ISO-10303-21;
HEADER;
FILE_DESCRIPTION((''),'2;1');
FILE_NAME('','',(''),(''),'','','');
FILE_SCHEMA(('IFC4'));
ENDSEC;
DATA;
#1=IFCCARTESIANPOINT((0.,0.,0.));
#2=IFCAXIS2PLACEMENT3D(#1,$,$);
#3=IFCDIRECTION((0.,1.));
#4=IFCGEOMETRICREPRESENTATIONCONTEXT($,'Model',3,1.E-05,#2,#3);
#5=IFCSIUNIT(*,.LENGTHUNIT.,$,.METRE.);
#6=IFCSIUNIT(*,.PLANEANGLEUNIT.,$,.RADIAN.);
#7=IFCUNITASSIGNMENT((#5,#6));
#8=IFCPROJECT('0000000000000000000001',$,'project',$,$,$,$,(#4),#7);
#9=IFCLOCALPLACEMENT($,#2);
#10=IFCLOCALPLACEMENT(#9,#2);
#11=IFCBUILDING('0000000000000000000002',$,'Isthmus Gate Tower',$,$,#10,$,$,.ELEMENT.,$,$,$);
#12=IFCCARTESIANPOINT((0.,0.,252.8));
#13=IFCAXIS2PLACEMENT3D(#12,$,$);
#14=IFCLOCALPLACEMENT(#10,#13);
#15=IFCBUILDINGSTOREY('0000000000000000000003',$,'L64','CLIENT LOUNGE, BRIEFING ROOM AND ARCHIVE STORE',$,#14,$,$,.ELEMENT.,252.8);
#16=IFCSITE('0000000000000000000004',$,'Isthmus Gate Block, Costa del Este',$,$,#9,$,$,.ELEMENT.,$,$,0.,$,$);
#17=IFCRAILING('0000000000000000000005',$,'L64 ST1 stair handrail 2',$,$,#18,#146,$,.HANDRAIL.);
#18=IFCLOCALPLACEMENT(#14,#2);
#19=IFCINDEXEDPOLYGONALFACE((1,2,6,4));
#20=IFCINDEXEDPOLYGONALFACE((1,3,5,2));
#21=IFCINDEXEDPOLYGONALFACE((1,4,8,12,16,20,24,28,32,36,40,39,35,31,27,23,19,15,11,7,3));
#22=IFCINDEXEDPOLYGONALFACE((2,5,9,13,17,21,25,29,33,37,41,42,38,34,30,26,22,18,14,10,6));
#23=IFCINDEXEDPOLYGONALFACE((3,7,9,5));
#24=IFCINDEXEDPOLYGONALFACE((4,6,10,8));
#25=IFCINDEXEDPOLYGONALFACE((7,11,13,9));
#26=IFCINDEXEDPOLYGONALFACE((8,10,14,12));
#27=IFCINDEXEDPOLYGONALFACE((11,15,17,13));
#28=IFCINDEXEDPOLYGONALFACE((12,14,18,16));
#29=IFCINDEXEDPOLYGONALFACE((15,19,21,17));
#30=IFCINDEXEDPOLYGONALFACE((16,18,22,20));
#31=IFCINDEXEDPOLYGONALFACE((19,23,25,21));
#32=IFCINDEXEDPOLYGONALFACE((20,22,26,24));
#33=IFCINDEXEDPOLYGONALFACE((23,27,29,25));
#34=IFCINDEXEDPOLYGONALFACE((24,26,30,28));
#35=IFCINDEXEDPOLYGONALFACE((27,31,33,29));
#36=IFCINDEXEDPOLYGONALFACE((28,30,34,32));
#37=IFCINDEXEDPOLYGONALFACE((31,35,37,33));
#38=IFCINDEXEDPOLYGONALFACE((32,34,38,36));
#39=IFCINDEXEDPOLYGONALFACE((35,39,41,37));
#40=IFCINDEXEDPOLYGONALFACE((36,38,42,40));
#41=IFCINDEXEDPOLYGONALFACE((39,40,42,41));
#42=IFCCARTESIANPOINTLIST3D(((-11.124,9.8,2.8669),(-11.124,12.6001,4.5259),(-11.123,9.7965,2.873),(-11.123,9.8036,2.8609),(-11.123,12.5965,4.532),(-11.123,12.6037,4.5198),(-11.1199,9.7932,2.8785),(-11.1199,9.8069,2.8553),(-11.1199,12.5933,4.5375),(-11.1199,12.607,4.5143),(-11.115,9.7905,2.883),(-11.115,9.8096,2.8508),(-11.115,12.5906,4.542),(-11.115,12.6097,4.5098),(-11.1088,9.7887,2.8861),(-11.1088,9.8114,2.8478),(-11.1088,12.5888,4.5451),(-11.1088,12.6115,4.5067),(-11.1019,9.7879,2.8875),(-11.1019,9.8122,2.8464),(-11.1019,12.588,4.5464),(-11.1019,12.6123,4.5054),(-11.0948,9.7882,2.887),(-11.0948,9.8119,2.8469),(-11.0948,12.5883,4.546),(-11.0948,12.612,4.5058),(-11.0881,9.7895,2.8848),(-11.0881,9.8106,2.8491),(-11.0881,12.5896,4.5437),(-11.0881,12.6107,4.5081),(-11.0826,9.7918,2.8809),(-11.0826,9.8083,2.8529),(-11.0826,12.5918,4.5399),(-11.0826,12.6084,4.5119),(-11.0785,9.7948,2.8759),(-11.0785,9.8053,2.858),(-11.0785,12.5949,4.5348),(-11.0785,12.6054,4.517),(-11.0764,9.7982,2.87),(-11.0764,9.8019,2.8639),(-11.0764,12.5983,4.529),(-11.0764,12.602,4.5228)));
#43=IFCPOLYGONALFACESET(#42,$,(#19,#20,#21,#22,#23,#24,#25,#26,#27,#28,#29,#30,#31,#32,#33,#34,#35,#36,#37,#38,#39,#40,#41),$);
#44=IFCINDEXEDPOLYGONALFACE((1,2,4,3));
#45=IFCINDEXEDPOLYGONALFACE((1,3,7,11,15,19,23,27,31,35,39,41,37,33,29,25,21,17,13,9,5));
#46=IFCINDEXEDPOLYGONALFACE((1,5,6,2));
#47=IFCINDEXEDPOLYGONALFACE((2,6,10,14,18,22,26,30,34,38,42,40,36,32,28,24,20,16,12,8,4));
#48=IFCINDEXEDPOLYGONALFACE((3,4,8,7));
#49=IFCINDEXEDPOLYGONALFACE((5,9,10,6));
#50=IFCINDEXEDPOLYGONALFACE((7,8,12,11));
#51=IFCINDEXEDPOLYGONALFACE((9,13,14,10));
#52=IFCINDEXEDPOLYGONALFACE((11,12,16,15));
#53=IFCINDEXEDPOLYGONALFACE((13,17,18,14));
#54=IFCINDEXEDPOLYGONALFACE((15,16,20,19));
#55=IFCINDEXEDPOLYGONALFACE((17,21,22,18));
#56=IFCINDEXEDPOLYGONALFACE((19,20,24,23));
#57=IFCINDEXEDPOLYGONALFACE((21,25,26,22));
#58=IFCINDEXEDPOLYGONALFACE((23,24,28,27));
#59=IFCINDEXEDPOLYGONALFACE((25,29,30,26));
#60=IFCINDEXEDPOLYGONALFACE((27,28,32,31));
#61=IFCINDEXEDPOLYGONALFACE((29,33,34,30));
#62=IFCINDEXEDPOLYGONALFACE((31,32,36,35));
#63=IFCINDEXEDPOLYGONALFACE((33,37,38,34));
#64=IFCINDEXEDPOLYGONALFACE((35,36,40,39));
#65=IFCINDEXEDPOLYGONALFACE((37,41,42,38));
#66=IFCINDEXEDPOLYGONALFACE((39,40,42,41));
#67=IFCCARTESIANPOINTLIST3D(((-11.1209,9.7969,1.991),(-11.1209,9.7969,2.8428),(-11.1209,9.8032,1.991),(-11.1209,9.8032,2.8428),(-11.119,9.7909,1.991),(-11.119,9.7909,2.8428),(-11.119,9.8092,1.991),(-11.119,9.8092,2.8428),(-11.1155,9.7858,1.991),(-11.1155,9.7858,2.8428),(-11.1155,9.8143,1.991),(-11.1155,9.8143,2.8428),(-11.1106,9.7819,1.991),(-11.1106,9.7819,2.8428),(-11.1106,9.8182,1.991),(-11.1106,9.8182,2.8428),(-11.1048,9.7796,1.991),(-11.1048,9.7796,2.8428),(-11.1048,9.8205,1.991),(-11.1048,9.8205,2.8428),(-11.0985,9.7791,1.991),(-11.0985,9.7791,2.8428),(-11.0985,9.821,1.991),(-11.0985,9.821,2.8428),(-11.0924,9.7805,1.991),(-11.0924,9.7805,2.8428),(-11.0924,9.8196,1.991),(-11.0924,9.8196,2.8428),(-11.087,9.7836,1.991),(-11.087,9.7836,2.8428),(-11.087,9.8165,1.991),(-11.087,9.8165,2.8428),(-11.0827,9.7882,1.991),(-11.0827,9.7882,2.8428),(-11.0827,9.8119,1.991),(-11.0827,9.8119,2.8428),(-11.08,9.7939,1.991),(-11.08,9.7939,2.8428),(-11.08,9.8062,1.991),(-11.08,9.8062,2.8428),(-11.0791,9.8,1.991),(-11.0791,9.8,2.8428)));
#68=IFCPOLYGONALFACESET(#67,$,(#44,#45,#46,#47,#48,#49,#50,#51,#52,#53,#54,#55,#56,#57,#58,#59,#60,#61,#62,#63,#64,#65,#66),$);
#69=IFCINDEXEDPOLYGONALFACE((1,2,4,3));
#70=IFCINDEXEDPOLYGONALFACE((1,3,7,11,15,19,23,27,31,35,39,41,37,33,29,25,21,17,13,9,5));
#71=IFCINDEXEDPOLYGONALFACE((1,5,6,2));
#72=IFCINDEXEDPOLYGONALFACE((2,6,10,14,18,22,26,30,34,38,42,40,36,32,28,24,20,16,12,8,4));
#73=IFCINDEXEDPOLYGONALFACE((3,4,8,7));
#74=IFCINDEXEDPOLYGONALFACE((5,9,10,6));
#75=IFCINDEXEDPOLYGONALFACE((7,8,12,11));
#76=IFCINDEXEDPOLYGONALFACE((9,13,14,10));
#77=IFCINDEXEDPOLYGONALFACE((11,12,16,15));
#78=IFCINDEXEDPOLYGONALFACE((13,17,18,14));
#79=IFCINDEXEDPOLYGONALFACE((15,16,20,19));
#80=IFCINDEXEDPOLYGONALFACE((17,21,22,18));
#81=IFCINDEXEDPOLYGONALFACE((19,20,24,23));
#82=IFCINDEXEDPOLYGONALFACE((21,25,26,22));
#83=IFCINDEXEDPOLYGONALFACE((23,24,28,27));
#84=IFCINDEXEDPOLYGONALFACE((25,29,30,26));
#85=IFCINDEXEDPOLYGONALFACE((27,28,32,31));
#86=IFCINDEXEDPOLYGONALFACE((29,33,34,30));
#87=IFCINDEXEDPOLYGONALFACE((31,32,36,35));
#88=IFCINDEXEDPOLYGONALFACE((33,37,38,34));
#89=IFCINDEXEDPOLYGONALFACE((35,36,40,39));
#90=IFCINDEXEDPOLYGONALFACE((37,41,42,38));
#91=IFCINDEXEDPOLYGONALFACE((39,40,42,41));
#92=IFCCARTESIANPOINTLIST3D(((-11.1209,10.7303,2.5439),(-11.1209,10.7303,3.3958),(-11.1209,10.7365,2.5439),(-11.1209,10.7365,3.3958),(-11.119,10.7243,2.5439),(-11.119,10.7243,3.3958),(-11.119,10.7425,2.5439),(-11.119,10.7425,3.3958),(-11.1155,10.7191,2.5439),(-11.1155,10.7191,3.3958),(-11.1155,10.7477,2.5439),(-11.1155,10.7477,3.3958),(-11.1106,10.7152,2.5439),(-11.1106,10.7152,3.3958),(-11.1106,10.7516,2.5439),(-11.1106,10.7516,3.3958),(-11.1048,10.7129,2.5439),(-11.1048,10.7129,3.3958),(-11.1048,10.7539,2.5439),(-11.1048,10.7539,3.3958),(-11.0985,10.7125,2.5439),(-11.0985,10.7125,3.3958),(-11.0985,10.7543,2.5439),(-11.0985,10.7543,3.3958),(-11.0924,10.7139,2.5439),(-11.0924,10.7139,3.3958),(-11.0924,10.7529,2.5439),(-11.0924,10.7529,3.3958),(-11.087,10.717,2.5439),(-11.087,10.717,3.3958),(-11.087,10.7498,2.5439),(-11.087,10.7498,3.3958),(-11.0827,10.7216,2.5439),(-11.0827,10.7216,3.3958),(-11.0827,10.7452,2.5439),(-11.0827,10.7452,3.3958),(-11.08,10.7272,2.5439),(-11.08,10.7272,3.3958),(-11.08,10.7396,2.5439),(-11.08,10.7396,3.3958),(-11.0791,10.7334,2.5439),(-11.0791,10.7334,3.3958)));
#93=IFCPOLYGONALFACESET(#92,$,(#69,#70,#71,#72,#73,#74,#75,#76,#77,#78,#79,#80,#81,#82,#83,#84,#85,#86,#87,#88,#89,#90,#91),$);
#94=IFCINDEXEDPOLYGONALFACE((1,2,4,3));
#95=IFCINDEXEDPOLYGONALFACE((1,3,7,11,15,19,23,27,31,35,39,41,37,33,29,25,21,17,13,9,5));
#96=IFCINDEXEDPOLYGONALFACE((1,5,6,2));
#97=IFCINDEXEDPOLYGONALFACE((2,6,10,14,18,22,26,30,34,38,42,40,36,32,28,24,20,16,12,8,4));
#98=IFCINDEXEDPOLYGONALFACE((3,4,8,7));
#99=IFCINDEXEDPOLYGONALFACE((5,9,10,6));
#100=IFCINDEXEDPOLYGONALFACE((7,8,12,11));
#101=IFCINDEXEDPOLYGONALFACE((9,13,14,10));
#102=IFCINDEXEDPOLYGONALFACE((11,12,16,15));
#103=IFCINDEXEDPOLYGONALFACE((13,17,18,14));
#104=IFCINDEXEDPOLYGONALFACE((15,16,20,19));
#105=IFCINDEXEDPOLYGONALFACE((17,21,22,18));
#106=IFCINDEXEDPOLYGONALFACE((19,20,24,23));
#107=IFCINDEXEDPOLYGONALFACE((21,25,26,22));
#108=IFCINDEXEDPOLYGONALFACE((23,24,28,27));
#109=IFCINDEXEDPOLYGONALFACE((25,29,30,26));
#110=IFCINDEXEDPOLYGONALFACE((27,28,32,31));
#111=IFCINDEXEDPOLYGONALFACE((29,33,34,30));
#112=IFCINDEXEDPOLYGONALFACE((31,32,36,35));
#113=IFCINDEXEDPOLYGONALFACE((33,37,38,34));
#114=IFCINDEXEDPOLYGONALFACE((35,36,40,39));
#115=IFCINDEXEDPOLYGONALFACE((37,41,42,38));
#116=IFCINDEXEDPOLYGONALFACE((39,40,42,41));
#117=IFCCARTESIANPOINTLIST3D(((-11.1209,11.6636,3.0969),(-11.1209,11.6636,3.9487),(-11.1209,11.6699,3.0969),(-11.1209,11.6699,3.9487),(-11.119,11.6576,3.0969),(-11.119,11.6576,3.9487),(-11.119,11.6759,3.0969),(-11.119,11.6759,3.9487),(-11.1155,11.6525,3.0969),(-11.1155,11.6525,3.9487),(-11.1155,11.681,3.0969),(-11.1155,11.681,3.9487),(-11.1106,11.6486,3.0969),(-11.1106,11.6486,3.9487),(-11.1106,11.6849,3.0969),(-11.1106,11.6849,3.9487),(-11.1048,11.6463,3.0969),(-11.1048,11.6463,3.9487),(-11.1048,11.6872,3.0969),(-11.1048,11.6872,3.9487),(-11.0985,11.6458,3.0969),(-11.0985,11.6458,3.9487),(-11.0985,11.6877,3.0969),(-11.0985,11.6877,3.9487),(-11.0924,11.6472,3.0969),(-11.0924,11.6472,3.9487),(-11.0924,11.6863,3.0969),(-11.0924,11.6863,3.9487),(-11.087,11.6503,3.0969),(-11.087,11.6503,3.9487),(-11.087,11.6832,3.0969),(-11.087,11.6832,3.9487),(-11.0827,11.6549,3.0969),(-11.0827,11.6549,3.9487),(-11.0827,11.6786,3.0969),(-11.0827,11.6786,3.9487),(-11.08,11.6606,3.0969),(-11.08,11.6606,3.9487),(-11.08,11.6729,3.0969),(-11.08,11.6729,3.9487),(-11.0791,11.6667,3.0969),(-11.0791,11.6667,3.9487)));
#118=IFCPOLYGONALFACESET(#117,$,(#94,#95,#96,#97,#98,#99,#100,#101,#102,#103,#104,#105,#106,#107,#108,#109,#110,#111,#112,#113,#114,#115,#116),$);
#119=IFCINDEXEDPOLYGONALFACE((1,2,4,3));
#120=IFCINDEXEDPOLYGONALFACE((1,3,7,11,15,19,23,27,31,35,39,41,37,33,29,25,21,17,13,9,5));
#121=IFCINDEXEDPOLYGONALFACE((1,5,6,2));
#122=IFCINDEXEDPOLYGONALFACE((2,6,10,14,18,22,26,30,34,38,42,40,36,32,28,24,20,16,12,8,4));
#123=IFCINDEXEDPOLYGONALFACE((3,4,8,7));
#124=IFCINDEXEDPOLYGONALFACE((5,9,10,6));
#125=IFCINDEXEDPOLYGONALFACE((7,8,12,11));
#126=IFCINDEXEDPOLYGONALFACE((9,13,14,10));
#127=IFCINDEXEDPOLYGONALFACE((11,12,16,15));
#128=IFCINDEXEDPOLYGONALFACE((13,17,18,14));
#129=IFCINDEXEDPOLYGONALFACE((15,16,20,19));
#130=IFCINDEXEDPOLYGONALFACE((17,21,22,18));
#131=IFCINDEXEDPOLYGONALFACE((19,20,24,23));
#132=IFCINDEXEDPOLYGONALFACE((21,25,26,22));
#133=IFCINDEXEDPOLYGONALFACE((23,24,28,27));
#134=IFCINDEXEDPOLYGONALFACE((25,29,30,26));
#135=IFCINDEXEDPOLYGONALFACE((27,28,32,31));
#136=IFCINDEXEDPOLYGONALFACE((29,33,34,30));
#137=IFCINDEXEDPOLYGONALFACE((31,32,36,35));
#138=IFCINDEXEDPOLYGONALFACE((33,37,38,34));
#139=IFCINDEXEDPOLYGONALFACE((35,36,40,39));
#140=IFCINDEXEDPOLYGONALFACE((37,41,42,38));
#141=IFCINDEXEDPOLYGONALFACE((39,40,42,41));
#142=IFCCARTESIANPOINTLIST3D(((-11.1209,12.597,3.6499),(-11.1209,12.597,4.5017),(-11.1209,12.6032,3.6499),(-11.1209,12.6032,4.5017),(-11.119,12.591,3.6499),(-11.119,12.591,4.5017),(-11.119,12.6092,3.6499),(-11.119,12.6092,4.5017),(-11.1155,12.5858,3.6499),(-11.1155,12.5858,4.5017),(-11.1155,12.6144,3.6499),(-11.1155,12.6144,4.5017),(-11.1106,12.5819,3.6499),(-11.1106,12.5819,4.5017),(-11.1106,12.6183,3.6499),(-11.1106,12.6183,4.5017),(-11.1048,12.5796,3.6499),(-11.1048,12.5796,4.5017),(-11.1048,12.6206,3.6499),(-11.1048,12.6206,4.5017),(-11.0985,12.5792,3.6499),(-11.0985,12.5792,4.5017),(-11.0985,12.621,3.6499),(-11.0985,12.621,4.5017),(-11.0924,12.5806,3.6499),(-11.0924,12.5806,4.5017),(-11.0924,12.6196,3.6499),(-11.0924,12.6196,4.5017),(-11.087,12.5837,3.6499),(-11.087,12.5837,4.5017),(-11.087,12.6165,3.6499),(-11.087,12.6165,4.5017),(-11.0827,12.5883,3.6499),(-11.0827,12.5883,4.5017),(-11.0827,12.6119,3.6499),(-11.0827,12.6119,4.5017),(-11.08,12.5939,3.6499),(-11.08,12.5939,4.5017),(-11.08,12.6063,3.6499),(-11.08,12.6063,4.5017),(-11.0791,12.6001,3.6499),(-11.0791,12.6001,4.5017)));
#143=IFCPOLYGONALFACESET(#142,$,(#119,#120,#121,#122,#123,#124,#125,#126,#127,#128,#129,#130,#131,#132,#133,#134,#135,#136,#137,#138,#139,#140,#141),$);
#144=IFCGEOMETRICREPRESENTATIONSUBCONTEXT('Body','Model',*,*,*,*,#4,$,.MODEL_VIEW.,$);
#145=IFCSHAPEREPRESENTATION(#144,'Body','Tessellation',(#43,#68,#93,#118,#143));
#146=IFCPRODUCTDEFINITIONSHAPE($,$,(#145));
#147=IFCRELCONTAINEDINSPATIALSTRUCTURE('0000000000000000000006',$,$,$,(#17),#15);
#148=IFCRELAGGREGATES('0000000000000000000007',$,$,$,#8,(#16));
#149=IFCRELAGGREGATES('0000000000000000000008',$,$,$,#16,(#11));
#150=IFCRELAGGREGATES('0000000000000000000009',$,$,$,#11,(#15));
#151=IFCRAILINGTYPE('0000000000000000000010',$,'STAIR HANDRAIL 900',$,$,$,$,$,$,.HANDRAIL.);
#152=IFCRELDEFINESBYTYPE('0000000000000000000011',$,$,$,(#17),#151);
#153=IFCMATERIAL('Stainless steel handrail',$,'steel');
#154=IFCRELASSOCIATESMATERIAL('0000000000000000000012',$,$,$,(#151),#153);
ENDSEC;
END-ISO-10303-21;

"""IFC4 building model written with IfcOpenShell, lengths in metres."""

from ifc_helpers import new_model, si_unit, direction, frame, origin, origin_2d, place, context, subcontext, project, spatial, circle, extrude, material, type_object, element, save


model = new_model("IFC4")

# Units and contexts
model_context = context("Model", 3, precision=1e-05, world=origin(), true_north=direction((0.0, 1.0)))
body_context = subcontext(model_context, "Body", "Model", "MODEL_VIEW")
ifc_project = project(units=[si_unit("LENGTHUNIT", "METRE"), si_unit("PLANEANGLEUNIT", "RADIAN")], contexts=[model_context])

# Site, building, storey
site_placement = place(None, origin())
site = spatial("IfcSite", under=ifc_project, at=site_placement, Name="Isthmus Gate Block, Costa del Este", CompositionType="ELEMENT", RefElevation=0.0)
building_placement = place(site_placement, origin())
building = spatial("IfcBuilding", under=site, at=building_placement, Name="Isthmus Gate Tower", CompositionType="ELEMENT")
storey_placement = place(building_placement, frame((0.0, 0.0, 252.8)))
storey = spatial("IfcBuildingStorey", under=building, at=storey_placement, Name="L64", Description="CLIENT LOUNGE, BRIEFING ROOM AND ARCHIVE STORE", CompositionType="ELEMENT", Elevation=252.8)

# Railing
ifc_material_1 = material(Name="Stainless steel handrail", Category="steel")
railing_type_1 = type_object("IfcRailingType", Name="STAIR HANDRAIL 900", PredefinedType="HANDRAIL", material=ifc_material_1)
railing_1_placement = place(storey_placement, frame((-11.1001, 9.8, 1.991)))
element("IfcRailing", 1, at=railing_1_placement, inside=storey, type_object=railing_type_1, Name="L64 ST1 stair handrail 2", PredefinedType="HANDRAIL", context=body_context, shape_type="SweptSolid", body=[
    extrude(circle(Radius=0.0239, at=origin_2d()), frame((0.0, 0.0, 0.876), z_axis=(0.0, 0.860339, 0.509722), x_axis=(-1.0, 0.0, 0.0)), (0.0, 0.0, 1.0), 3.2546),
    extrude(circle(Radius=0.021, at=origin_2d()), origin(), (0.0, 0.0, 1.0), 0.8518),
    extrude(circle(Radius=0.021, at=origin_2d()), frame((0.0, 0.9333, 0.553)), (0.0, 0.0, 1.0), 0.8518),
    extrude(circle(Radius=0.021, at=origin_2d()), frame((0.0, 1.8667, 1.106)), (0.0, 0.0, 1.0), 0.8518),
    extrude(circle(Radius=0.021, at=origin_2d()), frame((0.0, 2.8, 1.6589)), (0.0, 0.0, 1.0), 0.8518),
])

save(model, "model.ifc")
